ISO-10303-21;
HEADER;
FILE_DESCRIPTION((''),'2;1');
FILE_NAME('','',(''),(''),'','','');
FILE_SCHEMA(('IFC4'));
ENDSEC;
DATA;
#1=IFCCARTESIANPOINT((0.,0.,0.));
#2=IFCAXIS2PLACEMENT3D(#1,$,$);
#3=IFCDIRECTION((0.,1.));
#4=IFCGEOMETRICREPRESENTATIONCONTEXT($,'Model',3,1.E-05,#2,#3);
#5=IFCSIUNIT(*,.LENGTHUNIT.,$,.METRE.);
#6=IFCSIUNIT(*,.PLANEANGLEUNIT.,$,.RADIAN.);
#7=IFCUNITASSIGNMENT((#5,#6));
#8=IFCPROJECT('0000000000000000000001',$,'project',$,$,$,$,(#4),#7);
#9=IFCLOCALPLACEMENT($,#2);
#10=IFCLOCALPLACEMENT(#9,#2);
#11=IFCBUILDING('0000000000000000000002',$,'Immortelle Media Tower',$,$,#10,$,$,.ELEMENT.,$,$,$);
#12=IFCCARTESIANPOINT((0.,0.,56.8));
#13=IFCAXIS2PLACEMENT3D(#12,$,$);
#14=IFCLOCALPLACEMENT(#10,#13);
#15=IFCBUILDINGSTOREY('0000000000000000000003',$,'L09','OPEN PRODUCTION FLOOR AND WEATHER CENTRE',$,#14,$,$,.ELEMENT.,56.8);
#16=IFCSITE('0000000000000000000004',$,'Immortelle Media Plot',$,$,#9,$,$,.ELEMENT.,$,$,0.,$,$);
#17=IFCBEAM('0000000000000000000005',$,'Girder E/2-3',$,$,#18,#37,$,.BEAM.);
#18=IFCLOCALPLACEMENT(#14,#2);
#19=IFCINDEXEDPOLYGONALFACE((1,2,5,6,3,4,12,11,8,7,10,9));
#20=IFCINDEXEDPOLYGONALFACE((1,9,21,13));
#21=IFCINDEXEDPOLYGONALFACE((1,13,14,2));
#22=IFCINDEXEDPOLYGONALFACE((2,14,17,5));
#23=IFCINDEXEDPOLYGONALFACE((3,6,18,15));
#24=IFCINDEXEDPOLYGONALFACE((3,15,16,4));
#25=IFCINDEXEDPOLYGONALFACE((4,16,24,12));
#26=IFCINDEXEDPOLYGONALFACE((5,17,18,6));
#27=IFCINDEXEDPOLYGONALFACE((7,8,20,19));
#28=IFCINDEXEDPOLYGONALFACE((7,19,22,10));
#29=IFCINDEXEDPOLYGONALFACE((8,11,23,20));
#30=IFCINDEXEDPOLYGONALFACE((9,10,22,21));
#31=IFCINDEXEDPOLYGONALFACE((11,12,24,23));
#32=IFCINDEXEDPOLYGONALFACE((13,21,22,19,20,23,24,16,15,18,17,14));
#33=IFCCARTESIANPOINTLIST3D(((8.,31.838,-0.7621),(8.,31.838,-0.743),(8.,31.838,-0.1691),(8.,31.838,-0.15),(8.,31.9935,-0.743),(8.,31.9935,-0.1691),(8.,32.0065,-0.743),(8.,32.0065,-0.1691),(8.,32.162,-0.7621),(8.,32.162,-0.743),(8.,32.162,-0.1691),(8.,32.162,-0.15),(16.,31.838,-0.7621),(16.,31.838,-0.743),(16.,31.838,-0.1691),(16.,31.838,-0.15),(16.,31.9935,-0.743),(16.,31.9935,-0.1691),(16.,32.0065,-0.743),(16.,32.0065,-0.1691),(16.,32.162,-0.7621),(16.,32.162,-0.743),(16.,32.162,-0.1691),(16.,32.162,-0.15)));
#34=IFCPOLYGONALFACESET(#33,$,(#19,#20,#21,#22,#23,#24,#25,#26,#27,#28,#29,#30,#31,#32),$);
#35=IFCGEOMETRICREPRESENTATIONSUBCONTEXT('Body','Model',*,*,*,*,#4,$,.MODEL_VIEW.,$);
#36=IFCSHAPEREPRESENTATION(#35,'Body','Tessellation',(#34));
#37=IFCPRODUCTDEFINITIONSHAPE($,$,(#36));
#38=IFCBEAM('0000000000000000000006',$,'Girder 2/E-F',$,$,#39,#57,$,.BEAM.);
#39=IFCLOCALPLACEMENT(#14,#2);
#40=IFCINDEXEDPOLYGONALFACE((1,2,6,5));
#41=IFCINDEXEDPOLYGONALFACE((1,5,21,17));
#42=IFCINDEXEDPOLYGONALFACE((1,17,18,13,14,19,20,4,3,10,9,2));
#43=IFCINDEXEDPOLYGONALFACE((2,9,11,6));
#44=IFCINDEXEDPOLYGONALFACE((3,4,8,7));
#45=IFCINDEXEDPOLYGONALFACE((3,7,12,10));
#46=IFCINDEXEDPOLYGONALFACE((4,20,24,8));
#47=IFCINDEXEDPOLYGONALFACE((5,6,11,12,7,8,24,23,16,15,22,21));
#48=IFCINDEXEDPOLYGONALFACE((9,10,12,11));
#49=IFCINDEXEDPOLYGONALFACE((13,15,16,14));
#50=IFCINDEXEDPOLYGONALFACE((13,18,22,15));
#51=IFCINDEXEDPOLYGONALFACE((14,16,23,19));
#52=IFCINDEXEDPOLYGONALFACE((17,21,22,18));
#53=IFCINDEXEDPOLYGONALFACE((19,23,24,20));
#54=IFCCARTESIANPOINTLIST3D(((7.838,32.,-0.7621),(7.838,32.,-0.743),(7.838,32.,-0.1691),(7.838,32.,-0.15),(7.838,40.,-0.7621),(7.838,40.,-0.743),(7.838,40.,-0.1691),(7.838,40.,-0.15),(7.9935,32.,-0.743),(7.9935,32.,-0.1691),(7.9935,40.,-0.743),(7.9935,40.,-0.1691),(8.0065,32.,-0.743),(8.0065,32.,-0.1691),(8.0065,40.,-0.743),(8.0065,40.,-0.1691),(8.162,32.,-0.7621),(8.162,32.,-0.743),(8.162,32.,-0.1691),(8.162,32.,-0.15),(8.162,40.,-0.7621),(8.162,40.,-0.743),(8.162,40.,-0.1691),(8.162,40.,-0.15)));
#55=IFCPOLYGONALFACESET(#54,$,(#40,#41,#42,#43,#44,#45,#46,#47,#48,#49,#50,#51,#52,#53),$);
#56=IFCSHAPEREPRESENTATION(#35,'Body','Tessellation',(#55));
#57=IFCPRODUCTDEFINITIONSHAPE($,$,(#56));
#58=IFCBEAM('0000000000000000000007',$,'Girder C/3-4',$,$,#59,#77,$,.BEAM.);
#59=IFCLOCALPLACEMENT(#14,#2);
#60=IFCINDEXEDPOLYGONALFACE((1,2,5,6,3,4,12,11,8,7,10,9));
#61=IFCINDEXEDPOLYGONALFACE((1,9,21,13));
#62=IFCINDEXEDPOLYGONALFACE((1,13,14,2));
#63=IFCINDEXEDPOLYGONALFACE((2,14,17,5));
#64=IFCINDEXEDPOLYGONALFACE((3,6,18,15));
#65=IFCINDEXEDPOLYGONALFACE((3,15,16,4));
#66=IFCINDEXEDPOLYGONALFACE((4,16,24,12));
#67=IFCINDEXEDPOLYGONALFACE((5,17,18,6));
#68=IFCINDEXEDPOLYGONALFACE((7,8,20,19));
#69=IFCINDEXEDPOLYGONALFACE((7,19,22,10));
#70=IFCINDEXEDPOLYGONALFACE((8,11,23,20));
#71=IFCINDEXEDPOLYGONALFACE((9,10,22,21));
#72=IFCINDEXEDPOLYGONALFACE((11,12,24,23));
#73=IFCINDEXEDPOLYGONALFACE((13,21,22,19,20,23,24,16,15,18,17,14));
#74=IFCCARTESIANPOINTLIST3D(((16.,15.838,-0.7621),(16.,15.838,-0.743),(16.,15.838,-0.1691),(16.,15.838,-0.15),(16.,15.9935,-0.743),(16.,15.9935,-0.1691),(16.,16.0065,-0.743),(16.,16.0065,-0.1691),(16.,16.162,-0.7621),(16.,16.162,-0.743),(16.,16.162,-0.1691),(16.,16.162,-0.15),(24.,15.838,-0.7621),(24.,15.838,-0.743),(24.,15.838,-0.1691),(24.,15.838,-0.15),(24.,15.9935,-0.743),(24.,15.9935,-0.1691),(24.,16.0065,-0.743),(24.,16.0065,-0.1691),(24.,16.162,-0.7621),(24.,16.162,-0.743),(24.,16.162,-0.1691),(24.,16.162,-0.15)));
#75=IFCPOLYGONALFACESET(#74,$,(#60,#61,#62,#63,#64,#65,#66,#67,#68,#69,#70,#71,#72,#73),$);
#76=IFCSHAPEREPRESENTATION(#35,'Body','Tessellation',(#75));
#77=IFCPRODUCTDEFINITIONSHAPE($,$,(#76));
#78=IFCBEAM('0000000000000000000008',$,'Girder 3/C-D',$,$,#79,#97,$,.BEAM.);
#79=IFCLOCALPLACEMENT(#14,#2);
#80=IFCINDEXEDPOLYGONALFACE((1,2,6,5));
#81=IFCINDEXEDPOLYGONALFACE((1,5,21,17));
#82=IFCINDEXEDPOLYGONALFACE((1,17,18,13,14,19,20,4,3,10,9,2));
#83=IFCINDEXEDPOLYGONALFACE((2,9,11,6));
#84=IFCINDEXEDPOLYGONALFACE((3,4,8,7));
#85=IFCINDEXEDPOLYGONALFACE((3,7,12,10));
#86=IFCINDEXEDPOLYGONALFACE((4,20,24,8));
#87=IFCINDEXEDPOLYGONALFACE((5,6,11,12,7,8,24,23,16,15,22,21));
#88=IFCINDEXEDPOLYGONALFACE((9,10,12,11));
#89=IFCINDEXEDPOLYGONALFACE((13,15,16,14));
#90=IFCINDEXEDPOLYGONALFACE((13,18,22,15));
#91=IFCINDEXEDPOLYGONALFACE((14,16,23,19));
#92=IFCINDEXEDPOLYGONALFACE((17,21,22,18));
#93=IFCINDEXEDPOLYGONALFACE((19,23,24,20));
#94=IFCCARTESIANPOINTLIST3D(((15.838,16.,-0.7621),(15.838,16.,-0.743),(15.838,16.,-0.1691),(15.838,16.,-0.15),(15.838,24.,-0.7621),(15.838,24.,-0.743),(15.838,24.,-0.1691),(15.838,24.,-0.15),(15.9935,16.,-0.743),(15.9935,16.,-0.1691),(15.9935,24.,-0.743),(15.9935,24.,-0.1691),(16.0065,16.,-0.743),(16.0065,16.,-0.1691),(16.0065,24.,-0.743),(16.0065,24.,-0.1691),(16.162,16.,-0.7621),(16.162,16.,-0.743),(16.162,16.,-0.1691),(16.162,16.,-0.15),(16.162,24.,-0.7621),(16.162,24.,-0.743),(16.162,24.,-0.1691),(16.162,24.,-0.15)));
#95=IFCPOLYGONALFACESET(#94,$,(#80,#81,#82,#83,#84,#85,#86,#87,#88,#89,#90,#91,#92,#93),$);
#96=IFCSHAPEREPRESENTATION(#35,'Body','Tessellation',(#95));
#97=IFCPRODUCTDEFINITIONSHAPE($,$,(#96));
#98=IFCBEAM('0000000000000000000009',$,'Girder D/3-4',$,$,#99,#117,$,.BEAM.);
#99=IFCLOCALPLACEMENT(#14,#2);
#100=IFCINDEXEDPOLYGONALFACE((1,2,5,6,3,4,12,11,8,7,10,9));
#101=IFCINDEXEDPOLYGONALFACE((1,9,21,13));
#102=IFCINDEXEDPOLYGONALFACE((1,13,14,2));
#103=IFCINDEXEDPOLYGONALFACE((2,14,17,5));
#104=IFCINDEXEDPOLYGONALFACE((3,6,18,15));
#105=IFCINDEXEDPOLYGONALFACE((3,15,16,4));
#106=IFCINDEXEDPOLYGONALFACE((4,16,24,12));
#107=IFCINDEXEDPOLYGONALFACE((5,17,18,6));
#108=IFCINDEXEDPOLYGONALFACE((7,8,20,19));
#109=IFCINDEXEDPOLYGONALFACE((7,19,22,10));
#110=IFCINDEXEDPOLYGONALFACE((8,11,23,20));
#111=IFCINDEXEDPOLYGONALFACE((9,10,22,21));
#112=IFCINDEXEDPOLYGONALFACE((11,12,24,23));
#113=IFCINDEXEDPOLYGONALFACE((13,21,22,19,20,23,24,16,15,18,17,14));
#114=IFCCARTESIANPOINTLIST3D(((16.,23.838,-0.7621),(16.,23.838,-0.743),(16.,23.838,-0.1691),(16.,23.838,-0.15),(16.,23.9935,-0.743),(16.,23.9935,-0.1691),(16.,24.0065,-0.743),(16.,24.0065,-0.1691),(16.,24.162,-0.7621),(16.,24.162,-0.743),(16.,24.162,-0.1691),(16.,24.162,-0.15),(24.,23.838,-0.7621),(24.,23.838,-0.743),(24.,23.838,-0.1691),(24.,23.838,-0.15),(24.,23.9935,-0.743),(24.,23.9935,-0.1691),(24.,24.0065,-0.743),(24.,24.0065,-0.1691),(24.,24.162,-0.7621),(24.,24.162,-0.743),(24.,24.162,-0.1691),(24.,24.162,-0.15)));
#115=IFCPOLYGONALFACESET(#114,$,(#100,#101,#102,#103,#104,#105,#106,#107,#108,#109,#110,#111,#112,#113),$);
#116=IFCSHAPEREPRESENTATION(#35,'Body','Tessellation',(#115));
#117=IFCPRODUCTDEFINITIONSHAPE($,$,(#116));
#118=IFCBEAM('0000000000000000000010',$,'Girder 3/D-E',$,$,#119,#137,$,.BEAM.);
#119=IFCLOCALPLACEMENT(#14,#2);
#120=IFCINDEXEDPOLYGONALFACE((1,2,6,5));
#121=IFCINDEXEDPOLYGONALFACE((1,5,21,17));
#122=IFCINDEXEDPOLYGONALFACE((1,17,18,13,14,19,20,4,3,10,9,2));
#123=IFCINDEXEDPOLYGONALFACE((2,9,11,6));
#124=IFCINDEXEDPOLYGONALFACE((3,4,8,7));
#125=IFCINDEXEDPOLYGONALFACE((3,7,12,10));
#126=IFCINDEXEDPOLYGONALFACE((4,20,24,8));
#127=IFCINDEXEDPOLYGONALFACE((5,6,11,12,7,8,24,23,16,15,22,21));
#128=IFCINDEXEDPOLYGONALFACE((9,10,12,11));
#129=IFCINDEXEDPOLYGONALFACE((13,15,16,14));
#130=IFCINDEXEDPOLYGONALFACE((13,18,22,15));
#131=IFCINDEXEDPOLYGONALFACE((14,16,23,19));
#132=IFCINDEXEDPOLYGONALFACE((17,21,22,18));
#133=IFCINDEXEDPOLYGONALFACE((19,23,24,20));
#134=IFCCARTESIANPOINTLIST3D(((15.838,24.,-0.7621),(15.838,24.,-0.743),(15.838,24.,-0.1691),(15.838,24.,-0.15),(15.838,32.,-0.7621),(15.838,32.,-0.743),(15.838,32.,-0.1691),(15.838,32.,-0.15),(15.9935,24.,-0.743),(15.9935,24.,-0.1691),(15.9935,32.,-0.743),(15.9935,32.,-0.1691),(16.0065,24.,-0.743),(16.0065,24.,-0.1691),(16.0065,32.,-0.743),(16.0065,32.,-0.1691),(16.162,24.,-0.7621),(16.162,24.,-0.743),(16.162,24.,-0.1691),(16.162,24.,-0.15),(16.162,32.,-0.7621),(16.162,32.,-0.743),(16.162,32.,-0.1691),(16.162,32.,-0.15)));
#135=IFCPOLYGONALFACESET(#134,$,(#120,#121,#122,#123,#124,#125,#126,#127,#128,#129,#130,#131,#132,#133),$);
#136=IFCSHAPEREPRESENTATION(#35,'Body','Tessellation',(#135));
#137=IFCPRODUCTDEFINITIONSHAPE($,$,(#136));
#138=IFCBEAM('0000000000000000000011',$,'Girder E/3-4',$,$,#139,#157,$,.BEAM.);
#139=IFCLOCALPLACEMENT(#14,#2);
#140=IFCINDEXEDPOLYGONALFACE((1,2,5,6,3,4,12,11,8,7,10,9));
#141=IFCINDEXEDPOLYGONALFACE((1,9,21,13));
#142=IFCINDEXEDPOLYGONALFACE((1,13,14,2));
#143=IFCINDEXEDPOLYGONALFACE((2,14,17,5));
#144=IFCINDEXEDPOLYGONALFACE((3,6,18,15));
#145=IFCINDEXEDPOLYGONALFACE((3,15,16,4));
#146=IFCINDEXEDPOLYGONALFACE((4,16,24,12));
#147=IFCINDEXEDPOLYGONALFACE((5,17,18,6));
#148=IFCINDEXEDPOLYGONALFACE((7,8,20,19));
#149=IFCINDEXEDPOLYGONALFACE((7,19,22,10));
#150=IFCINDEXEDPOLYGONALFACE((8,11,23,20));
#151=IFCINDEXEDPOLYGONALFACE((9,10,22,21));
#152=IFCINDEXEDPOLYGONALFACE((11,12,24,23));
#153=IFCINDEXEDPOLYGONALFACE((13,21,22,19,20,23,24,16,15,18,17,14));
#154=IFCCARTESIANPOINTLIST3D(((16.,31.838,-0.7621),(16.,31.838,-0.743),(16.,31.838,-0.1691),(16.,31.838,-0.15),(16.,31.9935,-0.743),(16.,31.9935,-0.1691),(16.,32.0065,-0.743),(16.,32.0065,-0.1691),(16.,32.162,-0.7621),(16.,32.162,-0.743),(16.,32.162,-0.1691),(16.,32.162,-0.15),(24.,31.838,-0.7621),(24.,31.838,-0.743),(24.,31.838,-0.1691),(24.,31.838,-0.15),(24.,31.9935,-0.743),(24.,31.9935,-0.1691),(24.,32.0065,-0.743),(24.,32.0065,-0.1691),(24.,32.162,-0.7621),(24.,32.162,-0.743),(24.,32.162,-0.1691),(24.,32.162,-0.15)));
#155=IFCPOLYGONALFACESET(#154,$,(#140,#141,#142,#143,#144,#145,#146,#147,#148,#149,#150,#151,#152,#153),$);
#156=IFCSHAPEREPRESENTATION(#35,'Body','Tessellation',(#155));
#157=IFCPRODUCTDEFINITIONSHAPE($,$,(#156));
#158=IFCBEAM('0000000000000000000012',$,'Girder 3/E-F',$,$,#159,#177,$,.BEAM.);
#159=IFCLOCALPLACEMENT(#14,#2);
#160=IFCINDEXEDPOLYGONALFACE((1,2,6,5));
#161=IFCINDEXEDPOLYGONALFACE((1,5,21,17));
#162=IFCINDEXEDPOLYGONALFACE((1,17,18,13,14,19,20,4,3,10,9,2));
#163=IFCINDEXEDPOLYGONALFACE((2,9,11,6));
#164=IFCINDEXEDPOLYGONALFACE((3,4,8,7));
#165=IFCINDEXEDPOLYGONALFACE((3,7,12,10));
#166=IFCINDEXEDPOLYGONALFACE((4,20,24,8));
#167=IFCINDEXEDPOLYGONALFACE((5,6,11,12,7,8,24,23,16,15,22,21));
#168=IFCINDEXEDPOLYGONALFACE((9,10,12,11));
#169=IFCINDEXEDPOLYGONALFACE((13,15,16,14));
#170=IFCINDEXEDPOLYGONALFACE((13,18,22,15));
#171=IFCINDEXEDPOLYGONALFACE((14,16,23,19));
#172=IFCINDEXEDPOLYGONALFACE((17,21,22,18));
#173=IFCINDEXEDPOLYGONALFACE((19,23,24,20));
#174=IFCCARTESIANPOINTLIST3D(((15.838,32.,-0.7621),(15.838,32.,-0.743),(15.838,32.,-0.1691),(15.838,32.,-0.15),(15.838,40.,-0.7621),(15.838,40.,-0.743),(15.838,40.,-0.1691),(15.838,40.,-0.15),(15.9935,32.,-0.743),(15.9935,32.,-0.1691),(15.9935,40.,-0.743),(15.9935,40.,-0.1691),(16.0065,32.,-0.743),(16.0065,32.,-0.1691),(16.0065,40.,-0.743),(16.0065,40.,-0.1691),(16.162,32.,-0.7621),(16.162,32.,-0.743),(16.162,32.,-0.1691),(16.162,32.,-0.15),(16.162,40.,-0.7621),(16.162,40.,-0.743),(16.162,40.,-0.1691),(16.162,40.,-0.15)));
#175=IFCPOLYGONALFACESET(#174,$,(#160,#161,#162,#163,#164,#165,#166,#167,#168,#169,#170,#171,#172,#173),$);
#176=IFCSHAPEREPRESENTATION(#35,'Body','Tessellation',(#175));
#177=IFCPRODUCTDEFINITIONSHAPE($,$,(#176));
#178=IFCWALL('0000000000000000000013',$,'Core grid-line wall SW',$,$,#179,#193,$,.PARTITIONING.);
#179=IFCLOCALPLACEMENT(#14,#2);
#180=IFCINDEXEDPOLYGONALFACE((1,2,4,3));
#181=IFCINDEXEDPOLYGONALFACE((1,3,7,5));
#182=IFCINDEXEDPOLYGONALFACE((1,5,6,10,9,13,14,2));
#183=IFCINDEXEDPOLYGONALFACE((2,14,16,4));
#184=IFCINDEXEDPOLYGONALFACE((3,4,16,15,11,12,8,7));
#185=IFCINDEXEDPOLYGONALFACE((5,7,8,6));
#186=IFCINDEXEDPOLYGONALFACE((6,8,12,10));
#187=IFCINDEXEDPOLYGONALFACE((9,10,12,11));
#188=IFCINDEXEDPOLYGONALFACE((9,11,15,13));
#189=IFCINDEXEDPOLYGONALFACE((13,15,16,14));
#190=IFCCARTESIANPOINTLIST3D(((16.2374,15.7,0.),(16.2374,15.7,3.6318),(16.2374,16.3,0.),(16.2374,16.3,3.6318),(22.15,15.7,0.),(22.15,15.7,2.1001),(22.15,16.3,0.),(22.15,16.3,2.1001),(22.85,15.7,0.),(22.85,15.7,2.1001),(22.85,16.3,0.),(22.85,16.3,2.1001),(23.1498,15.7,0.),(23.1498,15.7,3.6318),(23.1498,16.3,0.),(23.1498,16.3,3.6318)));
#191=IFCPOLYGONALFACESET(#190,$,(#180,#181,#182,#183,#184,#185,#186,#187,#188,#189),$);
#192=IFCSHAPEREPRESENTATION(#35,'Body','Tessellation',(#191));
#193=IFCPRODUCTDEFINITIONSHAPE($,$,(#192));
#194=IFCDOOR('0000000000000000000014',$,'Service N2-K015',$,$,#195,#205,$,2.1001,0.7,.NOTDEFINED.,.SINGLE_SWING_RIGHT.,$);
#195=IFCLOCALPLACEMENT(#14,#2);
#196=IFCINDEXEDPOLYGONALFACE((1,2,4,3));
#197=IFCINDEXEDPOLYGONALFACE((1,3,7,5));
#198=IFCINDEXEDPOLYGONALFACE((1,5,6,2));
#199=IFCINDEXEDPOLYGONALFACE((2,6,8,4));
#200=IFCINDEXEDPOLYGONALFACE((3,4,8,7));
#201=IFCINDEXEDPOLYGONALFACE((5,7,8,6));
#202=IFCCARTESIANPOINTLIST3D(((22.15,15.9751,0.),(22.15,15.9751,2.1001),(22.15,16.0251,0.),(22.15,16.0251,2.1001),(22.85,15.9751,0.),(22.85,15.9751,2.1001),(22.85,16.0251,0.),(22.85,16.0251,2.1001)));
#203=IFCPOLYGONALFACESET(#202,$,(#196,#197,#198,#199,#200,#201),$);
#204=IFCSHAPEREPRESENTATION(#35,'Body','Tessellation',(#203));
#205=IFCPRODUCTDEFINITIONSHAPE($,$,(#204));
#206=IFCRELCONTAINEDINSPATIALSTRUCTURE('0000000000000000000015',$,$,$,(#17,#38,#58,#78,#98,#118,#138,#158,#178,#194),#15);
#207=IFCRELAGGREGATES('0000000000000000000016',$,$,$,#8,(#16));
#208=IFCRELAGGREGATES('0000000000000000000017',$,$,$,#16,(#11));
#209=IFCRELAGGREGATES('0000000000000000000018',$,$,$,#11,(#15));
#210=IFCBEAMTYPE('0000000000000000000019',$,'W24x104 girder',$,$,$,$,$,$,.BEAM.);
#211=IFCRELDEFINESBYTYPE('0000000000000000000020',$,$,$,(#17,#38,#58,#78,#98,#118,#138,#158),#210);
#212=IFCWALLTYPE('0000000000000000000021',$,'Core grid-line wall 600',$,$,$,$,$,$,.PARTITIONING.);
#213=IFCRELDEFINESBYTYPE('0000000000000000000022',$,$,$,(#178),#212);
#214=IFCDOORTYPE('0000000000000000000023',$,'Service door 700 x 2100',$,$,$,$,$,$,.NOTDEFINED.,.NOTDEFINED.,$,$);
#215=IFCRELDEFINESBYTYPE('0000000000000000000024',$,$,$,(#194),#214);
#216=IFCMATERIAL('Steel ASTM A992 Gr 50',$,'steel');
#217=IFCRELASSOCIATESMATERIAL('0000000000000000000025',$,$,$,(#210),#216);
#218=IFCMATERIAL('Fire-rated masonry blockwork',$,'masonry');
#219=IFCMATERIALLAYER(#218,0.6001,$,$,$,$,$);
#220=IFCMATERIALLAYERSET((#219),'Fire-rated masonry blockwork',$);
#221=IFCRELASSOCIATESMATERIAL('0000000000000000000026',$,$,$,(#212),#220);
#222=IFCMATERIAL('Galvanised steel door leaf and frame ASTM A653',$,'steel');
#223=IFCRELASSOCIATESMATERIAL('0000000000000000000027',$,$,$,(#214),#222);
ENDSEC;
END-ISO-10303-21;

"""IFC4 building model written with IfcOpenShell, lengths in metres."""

from ifc_helpers import new_model, si_unit, direction, frame, frame_2d, origin, origin_2d, place, context, subcontext, project, spatial, rectangle, i_section, extrude, material, layer, layer_set, material_profile, profile_set, type_object, element, fill, save


model = new_model("IFC4")

# Units and contexts
model_context = context("Model", 3, precision=1e-05, world=origin(), true_north=direction((0.0, 1.0)))
body_context = subcontext(model_context, "Body", "Model", "MODEL_VIEW")
ifc_project = project(units=[si_unit("LENGTHUNIT", "METRE"), si_unit("PLANEANGLEUNIT", "RADIAN")], contexts=[model_context])

# Site, building, storey
site_placement = place(None, origin())
site = spatial("IfcSite", under=ifc_project, at=site_placement, Name="Immortelle Media Plot", CompositionType="ELEMENT", RefElevation=0.0)
building_placement = place(site_placement, origin())
building = spatial("IfcBuilding", under=site, at=building_placement, Name="Immortelle Media Tower", CompositionType="ELEMENT")
storey_placement = place(building_placement, frame((0.0, 0.0, 56.8)))
storey = spatial("IfcBuildingStorey", under=building, at=storey_placement, Name="L09", Description="OPEN PRODUCTION FLOOR AND WEATHER CENTRE", CompositionType="ELEMENT", Elevation=56.8)

# Shared definitions
ifc_material_1 = material(Name="Steel ASTM A992 Gr 50", Category="steel")

# Beams
ifc_material_profile_1 = material_profile(ifc_material_1, i_section(OverallWidth=0.324, OverallDepth=0.6121, WebThickness=0.0129, FlangeThickness=0.019, at=origin_2d()), Name="W24x104")
ifc_profile_set_1 = profile_set([ifc_material_profile_1], Name="Steel ASTM A992 Gr 50")
beam_type_1 = type_object("IfcBeamType", Name="W24x104 girder", PredefinedType="BEAM", material=ifc_profile_set_1)
for number, where, z_axis, x_axis, name in (
    (1, (8.0, 32.0, -0.4561), (1.0, 0.0, 0.0), (0.0, 1.0, 0.0), "Girder E/2-3"),
    (2, (8.0, 32.0, -0.4561), (0.0, 1.0, 0.0), (-1.0, 0.0, 0.0), "Girder 2/E-F"),
    (3, (16.0, 16.0, -0.4561), (1.0, 0.0, 0.0), (0.0, 1.0, 0.0), "Girder C/3-4"),
    (4, (16.0, 16.0, -0.4561), (0.0, 1.0, 0.0), (-1.0, 0.0, 0.0), "Girder 3/C-D"),
    (5, (16.0, 24.0, -0.4561), (1.0, 0.0, 0.0), (0.0, 1.0, 0.0), "Girder D/3-4"),
    (6, (16.0, 24.0, -0.4561), (0.0, 1.0, 0.0), (-1.0, 0.0, 0.0), "Girder 3/D-E"),
    (7, (16.0, 32.0, -0.4561), (1.0, 0.0, 0.0), (0.0, 1.0, 0.0), "Girder E/3-4"),
    (8, (16.0, 32.0, -0.4561), (0.0, 1.0, 0.0), (-1.0, 0.0, 0.0), "Girder 3/E-F"),
):
    element("IfcBeam", number, at=place(storey_placement, frame(where, z_axis=z_axis, x_axis=x_axis)), inside=storey, type_object=beam_type_1, Name=name, PredefinedType="BEAM", context=body_context, shape_type="SweptSolid", body=[
        extrude(i_section(OverallWidth=0.324, OverallDepth=0.6121, WebThickness=0.0129, FlangeThickness=0.019, at=origin_2d()), origin(), (0.0, 0.0, 1.0), 8.0),
    ])

# Wall, opening, door
ifc_material_2 = material(Name="Fire-rated masonry blockwork", Category="masonry")
ifc_layer_1 = layer(ifc_material_2, 0.6001)
ifc_layer_set_1 = layer_set([ifc_layer_1], Name="Fire-rated masonry blockwork")
wall_type_1 = type_object("IfcWallType", Name="Core grid-line wall 600", PredefinedType="PARTITIONING", material=ifc_layer_set_1)
wall_1_placement = place(storey_placement, frame((16.2375, 16.0, 0.0), z_axis=(0.0, 0.0, 1.0), x_axis=(1.0, 0.0, 0.0)))
wall_1 = element("IfcWall", 9, at=wall_1_placement, inside=storey, type_object=wall_type_1, Name="Core grid-line wall SW", PredefinedType="PARTITIONING", context=body_context, shape_type="SweptSolid", body=[
    extrude(rectangle(XDim=6.9124, YDim=0.6001, at=frame_2d((3.4561, 0.0))), origin(), (0.0, 0.0, 1.0), 3.6318),
])
opening_1_placement = place(wall_1_placement, frame((6.6125, 0.0, 0.0), z_axis=(0.0, 0.0, 1.0), x_axis=(-1.0, 0.0, 0.0)))
opening_1 = element("IfcOpeningElement", 10, at=opening_1_placement, cuts=wall_1, PredefinedType="OPENING", context=body_context, shape_type="SweptSolid", body=[
    extrude(rectangle(XDim=0.7, YDim=2.1001, at=frame_2d((0.3501, 1.05))), frame((0.0, 0.3101, 0.0), z_axis=(0.0, -1.0, 0.0), x_axis=(1.0, 0.0, 0.0)), (0.0, 0.0, 1.0), 0.6201),
])
ifc_material_3 = material(Name="Galvanised steel door leaf and frame ASTM A653", Category="steel")
door_type_1 = type_object("IfcDoorType", Name="Service door 700 x 2100", OperationType="NOTDEFINED", PredefinedType="NOTDEFINED", material=ifc_material_3)
door_1_placement = place(opening_1_placement, origin())
door_1 = element("IfcDoor", 11, at=door_1_placement, inside=storey, type_object=door_type_1, Name="Service N2-K015", OperationType="SINGLE_SWING_RIGHT", OverallHeight=2.1001, OverallWidth=0.7, PredefinedType="NOTDEFINED", context=body_context, shape_type="SweptSolid", body=[
    extrude(rectangle(XDim=0.7, YDim=2.1001, at=frame_2d((0.3501, 1.05))), frame((0.0, 0.0249, 0.0), z_axis=(0.0, -1.0, 0.0), x_axis=(1.0, 0.0, 0.0)), (0.0, 0.0, 1.0), 0.05),
])
fill(opening_1, door_1)

save(model, "model.ifc")
